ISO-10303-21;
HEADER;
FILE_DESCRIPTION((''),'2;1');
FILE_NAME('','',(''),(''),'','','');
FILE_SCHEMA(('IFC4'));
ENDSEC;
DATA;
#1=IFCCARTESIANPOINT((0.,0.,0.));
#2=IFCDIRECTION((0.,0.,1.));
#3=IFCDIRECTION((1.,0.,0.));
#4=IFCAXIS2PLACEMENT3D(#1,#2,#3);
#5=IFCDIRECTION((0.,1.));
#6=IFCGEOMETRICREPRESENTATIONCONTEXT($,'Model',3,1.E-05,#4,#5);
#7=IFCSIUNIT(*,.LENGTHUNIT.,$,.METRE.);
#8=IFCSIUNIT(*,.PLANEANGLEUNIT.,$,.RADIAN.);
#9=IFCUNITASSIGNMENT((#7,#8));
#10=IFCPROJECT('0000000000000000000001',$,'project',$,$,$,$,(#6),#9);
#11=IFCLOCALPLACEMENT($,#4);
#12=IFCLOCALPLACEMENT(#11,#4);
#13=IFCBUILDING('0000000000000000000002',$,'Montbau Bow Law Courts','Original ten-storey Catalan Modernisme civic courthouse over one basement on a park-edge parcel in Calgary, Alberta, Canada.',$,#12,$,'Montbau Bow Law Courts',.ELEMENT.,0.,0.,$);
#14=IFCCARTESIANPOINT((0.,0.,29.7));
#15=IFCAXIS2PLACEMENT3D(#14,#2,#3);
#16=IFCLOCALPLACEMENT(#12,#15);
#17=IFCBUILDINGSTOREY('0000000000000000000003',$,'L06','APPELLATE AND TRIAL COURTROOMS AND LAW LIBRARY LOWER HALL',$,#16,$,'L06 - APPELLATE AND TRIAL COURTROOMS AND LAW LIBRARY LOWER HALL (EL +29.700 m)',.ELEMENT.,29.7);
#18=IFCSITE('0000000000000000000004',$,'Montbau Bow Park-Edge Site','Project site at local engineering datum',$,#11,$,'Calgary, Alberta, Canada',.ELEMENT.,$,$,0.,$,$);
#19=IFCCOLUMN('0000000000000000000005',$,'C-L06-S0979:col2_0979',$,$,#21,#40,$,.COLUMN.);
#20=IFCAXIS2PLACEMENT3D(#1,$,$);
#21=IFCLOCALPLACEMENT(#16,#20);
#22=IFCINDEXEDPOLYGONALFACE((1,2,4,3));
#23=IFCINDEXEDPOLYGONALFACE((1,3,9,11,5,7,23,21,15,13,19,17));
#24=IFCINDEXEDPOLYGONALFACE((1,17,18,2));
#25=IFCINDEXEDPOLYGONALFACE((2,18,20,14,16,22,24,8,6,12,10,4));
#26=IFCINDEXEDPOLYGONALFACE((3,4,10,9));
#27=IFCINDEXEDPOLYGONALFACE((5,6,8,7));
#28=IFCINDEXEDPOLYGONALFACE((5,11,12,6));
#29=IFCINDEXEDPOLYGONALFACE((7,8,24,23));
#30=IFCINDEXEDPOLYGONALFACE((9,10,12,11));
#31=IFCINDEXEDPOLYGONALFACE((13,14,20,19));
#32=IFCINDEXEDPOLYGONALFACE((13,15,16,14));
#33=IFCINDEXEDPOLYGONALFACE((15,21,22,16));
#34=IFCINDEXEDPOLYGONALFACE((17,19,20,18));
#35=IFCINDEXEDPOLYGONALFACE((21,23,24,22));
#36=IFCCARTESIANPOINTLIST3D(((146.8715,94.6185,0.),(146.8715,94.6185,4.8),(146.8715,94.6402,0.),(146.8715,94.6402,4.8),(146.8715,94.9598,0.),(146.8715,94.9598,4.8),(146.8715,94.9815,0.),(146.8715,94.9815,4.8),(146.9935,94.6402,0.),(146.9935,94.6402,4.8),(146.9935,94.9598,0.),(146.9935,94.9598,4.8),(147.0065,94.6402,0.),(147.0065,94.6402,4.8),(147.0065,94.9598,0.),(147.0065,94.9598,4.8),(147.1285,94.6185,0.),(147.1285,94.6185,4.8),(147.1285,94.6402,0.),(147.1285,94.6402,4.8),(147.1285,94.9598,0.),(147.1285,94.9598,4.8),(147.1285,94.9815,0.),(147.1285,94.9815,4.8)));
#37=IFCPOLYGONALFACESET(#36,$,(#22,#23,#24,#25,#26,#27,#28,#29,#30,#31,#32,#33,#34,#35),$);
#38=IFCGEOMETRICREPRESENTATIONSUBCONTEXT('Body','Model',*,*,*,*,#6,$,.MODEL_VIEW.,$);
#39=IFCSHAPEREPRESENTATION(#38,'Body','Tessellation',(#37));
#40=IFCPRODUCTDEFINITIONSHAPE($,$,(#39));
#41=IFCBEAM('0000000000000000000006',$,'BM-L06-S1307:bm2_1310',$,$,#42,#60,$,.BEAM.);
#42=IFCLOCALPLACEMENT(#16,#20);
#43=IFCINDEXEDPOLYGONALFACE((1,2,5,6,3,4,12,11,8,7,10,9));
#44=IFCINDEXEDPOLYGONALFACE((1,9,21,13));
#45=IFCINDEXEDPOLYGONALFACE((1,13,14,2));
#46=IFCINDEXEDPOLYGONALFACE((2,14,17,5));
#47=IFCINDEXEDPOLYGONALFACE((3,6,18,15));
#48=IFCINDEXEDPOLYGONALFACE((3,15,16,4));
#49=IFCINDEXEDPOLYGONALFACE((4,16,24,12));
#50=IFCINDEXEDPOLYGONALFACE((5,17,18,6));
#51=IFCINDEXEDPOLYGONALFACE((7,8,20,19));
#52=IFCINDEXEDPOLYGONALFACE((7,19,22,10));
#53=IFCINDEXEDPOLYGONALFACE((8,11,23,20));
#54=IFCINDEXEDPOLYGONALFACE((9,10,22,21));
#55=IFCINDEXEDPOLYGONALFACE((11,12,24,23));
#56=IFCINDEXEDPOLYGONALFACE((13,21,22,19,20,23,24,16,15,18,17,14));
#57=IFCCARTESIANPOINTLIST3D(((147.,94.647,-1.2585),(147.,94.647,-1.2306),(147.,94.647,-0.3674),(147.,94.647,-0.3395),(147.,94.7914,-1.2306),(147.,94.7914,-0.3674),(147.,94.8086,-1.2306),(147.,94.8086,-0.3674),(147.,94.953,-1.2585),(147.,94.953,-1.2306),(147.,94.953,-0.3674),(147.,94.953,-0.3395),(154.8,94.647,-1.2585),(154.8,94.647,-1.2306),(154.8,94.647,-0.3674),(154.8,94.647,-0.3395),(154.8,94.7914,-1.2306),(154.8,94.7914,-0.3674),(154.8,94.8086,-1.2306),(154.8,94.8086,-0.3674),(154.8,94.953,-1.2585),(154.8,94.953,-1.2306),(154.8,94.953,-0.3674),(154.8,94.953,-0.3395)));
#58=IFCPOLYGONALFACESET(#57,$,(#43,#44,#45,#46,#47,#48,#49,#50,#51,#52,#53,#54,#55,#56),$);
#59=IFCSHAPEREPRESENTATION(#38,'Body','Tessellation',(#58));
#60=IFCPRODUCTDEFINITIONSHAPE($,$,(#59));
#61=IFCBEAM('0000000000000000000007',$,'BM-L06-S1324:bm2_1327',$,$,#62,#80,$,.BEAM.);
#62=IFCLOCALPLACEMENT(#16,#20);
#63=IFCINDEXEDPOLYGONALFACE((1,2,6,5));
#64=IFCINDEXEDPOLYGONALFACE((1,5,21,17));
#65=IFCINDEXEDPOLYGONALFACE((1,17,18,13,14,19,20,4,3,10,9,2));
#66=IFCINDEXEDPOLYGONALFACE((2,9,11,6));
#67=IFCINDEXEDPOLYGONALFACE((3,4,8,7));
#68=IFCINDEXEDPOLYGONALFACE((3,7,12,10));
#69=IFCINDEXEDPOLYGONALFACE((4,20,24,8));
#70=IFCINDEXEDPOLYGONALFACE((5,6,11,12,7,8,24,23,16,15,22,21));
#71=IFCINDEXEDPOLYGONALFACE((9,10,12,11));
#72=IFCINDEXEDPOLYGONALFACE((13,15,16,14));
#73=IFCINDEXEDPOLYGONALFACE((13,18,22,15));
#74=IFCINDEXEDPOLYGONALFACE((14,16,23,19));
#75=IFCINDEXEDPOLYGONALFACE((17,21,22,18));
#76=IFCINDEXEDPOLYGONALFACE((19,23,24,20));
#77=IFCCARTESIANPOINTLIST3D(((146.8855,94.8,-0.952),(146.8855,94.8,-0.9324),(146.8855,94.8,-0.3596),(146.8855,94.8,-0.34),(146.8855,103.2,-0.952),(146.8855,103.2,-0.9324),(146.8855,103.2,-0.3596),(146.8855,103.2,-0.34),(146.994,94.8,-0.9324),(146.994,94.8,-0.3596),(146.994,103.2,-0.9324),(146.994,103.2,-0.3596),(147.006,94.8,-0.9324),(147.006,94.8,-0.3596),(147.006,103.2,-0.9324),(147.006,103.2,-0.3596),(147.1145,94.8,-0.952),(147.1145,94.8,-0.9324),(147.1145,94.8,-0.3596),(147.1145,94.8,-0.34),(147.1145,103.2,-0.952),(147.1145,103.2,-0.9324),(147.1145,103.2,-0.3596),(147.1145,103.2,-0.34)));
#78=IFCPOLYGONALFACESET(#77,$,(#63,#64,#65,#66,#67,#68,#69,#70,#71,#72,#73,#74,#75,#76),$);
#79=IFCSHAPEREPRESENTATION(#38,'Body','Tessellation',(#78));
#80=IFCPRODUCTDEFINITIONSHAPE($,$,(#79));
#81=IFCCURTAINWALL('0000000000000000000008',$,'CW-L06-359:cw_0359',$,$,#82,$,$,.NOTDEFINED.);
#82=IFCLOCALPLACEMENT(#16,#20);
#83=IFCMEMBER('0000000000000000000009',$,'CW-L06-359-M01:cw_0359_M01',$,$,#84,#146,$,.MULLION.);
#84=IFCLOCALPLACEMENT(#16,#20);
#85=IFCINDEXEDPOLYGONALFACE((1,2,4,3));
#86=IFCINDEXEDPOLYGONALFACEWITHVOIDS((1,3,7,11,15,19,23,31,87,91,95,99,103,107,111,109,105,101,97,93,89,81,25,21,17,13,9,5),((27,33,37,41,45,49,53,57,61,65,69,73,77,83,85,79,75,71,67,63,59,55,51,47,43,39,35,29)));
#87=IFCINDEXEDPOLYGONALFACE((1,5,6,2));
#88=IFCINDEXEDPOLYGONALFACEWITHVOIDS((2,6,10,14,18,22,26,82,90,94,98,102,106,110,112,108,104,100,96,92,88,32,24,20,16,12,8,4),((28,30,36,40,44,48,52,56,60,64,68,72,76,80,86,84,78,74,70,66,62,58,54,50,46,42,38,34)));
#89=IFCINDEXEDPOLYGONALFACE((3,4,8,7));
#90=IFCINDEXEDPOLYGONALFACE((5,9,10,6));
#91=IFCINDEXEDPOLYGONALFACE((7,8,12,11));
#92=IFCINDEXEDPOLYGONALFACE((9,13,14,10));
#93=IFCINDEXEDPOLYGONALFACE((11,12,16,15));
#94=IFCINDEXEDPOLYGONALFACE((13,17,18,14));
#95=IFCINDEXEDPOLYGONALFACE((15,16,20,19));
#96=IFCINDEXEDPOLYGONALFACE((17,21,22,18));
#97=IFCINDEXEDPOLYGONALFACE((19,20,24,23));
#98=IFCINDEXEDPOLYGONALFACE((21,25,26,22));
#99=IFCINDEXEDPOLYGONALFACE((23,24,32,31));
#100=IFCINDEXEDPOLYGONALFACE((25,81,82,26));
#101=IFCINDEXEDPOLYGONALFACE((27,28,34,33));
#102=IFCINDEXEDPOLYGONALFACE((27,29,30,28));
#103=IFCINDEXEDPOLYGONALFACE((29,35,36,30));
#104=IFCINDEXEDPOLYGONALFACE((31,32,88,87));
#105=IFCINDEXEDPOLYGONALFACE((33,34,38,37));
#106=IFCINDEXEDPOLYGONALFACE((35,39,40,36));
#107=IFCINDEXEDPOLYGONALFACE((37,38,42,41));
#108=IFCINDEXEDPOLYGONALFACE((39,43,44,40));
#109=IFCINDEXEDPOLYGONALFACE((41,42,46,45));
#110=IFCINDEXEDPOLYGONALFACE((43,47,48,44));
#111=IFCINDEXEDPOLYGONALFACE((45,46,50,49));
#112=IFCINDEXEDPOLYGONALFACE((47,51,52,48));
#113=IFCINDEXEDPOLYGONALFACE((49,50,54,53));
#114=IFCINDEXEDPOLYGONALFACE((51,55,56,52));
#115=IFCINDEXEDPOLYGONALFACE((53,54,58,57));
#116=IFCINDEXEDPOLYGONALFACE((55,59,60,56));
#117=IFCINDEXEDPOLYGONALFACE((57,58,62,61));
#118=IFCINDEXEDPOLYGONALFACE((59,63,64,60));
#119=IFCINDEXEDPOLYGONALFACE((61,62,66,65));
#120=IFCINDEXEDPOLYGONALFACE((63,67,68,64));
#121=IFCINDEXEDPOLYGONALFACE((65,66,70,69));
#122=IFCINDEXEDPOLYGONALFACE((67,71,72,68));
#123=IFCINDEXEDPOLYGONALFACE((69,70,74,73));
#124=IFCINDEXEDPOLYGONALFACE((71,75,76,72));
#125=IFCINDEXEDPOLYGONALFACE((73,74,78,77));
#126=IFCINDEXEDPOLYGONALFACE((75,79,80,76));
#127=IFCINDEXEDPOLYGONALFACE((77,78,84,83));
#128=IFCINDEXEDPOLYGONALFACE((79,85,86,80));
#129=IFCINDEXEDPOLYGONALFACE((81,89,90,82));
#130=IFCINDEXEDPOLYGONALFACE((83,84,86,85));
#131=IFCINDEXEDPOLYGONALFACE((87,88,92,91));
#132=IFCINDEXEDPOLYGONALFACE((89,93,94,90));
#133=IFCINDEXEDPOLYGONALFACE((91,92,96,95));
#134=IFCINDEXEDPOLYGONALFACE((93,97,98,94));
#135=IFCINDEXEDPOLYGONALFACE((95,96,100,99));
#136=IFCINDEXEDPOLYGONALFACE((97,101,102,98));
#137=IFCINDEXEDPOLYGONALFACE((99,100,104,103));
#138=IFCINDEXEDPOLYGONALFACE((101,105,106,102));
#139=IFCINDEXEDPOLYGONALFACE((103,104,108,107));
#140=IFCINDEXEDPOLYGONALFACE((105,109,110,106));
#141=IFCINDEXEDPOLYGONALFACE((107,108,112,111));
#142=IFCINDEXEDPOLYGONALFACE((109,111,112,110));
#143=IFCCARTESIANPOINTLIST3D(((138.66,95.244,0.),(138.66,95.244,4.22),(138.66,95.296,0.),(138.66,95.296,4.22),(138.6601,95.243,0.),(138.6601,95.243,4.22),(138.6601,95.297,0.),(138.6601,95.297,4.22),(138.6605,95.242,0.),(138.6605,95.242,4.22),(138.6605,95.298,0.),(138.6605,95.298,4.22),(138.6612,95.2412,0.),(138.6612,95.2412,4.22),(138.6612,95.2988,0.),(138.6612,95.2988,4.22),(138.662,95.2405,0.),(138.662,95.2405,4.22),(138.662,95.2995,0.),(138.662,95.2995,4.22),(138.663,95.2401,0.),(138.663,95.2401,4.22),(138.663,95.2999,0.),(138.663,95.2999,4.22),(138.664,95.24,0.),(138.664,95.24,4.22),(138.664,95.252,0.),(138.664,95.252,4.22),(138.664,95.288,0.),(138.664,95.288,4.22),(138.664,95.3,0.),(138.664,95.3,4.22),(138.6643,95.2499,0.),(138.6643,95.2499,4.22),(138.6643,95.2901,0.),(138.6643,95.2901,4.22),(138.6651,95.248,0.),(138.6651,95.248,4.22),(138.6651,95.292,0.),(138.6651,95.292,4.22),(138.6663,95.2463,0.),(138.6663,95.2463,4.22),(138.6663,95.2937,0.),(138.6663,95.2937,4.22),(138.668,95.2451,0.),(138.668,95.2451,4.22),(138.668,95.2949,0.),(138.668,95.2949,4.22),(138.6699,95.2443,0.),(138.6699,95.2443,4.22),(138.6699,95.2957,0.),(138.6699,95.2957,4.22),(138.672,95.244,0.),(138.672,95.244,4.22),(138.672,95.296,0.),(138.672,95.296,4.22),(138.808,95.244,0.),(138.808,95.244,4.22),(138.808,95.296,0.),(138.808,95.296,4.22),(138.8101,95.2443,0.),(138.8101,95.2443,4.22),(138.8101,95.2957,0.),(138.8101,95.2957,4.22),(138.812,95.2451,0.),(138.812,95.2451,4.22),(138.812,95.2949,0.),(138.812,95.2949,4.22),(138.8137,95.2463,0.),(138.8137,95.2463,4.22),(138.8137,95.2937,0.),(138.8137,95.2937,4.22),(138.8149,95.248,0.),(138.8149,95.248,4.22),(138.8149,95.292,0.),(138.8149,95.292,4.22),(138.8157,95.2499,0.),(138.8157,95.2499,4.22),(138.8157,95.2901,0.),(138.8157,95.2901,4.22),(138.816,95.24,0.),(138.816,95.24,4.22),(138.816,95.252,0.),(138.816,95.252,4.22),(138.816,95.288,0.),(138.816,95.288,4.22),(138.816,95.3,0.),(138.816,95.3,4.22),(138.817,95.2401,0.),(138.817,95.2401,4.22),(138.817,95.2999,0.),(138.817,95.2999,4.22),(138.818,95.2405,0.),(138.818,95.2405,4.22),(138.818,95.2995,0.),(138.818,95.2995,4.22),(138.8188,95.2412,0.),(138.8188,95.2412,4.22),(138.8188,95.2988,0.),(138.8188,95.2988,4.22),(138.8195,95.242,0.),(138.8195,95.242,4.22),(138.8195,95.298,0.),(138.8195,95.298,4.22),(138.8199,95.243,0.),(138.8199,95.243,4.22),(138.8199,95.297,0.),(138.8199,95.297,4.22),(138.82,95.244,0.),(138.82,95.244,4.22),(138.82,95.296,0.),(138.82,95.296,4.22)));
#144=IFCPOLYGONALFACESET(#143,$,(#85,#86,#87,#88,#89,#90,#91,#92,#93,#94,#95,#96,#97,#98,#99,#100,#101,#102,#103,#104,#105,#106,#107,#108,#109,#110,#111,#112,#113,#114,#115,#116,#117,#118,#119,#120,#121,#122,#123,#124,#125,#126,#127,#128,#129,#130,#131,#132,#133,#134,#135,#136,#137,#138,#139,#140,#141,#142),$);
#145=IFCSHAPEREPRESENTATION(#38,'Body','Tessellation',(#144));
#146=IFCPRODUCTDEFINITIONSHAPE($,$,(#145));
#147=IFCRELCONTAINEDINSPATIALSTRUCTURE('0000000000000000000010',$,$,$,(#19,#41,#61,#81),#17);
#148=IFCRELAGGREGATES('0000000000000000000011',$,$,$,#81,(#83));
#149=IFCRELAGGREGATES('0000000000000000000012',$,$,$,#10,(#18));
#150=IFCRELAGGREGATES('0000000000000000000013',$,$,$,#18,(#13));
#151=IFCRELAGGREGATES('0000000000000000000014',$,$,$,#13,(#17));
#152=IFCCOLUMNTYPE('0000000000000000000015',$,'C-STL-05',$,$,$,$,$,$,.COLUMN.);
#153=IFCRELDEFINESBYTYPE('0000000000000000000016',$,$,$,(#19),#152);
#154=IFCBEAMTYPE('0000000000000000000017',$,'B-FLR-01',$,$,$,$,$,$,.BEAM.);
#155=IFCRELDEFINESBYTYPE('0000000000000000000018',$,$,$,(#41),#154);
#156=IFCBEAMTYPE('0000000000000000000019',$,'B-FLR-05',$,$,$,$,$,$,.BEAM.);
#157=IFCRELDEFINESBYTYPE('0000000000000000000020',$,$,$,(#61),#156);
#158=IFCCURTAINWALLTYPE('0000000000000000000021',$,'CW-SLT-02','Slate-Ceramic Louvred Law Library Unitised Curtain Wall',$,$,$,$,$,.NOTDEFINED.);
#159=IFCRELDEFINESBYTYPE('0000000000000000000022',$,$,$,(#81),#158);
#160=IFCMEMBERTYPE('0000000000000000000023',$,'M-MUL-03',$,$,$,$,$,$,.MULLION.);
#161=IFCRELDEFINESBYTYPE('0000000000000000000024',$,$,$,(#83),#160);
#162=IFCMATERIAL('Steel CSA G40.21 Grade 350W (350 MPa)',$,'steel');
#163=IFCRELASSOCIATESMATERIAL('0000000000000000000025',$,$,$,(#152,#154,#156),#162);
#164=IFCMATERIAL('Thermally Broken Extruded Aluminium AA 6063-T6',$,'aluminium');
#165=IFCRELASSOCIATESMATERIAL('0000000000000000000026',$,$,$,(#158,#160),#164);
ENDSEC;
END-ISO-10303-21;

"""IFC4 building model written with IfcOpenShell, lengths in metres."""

from ifc_helpers import new_model, si_unit, direction, frame, origin_with_axes, origin_2d_with_axis, place, context, subcontext, project, spatial, hollow_rectangle, i_section, extrude, material, material_profile, profile_set, type_object, element, aggregate, save


model = new_model("IFC4")

# Units and contexts
model_context = context("Model", 3, precision=1e-05, world=origin_with_axes(), true_north=direction((0.0, 1.0)))
body_context = subcontext(model_context, "Body", "Model", "MODEL_VIEW")
ifc_project = project(units=[si_unit("LENGTHUNIT", "METRE"), si_unit("PLANEANGLEUNIT", "RADIAN")], contexts=[model_context])

# Site, building, storey
site_placement = place(None, origin_with_axes())
site = spatial("IfcSite", under=ifc_project, at=site_placement, Name="Montbau Bow Park-Edge Site", Description="Project site at local engineering datum", LongName="Calgary, Alberta, Canada", CompositionType="ELEMENT", RefElevation=0.0)
building_placement = place(site_placement, origin_with_axes())
building = spatial("IfcBuilding", under=site, at=building_placement, Name="Montbau Bow Law Courts", Description="Original ten-storey Catalan Modernisme civic courthouse over one basement on a park-edge parcel in Calgary, Alberta, Canada.", LongName="Montbau Bow Law Courts", CompositionType="ELEMENT", ElevationOfRefHeight=0.0, ElevationOfTerrain=0.0)
storey_placement = place(building_placement, frame((0.0, 0.0, 29.7), z_axis=(0.0, 0.0, 1.0), x_axis=(1.0, 0.0, 0.0)))
storey = spatial("IfcBuildingStorey", under=building, at=storey_placement, Name="L06", Description="APPELLATE AND TRIAL COURTROOMS AND LAW LIBRARY LOWER HALL", LongName="L06 - APPELLATE AND TRIAL COURTROOMS AND LAW LIBRARY LOWER HALL (EL +29.700 m)", CompositionType="ELEMENT", Elevation=29.7)

# Column
ifc_material_1 = material(Name="Steel CSA G40.21 Grade 350W (350 MPa)", Category="steel")
ifc_material_profile_1 = material_profile(ifc_material_1, i_section(OverallWidth=0.257, OverallDepth=0.363, WebThickness=0.013, FlangeThickness=0.0217, at=origin_2d_with_axis()), Name="W360X122", Category="Main", Priority=0)
ifc_profile_set_1 = profile_set([ifc_material_profile_1], Name="Steel CSA G40.21 Grade 350W (350 MPa)")
column_type = type_object("IfcColumnType", Name="C-STL-05", PredefinedType="COLUMN", material=ifc_profile_set_1)
column_placement = place(None, frame((147.0, 94.8, 29.7), z_axis=(0.0, 0.0, 1.0), x_axis=(1.0, 0.0, 0.0)))
element("IfcColumn", 1, at=column_placement, inside=storey, type_object=column_type, Name="C-L06-S0979:col2_0979", PredefinedType="COLUMN", context=body_context, shape_type="SweptSolid", body=[
    extrude(i_section(OverallWidth=0.257, OverallDepth=0.363, WebThickness=0.013, FlangeThickness=0.0217, at=origin_2d_with_axis()), origin_with_axes(), (0.0, 0.0, 1.0), 4.8),
])

# Beams
ifc_material_profile_2 = material_profile(ifc_material_1, i_section(OverallWidth=0.306, OverallDepth=0.919, WebThickness=0.0173, FlangeThickness=0.0279, at=origin_2d_with_axis()), Name="W920X253", Category="Main", Priority=0)
ifc_profile_set_2 = profile_set([ifc_material_profile_2], Name="Steel CSA G40.21 Grade 350W (350 MPa)")
beam_type_1 = type_object("IfcBeamType", Name="B-FLR-01", PredefinedType="BEAM", material=ifc_profile_set_2)
beam_1_placement = place(None, frame((147.0, 94.8, 28.901), z_axis=(1.0, 0.0, 0.0), x_axis=(0.0, 1.0, 0.0)))
element("IfcBeam", 2, at=beam_1_placement, inside=storey, type_object=beam_type_1, Name="BM-L06-S1307:bm2_1310", PredefinedType="BEAM", context=body_context, shape_type="SweptSolid", body=[
    extrude(i_section(OverallWidth=0.306, OverallDepth=0.919, WebThickness=0.0173, FlangeThickness=0.0279, at=origin_2d_with_axis()), origin_with_axes(), (0.0, 0.0, 1.0), 7.8),
])
ifc_material_profile_3 = material_profile(ifc_material_1, i_section(OverallWidth=0.229, OverallDepth=0.612, WebThickness=0.0119, FlangeThickness=0.0196, at=origin_2d_with_axis()), Name="W610X125", Category="Main", Priority=0)
ifc_profile_set_3 = profile_set([ifc_material_profile_3], Name="Steel CSA G40.21 Grade 350W (350 MPa)")
beam_type_2 = type_object("IfcBeamType", Name="B-FLR-05", PredefinedType="BEAM", material=ifc_profile_set_3)
beam_2_placement = place(None, frame((147.0, 94.8, 29.054), z_axis=(0.0, 1.0, 0.0), x_axis=(-1.0, 0.0, 0.0)))
element("IfcBeam", 3, at=beam_2_placement, inside=storey, type_object=beam_type_2, Name="BM-L06-S1324:bm2_1327", PredefinedType="BEAM", context=body_context, shape_type="SweptSolid", body=[
    extrude(i_section(OverallWidth=0.229, OverallDepth=0.612, WebThickness=0.0119, FlangeThickness=0.0196, at=origin_2d_with_axis()), origin_with_axes(), (0.0, 0.0, 1.0), 8.4),
])

# Curtain wall, member
ifc_material_2 = material(Name="Thermally Broken Extruded Aluminium AA 6063-T6", Category="aluminium")
curtain_wall_type = type_object("IfcCurtainWallType", Name="CW-SLT-02", Description="Slate-Ceramic Louvred Law Library Unitised Curtain Wall", PredefinedType="NOTDEFINED", material=ifc_material_2)
curtain_wall_1_placement = place(None, frame((138.74, 95.24, 29.7), z_axis=(0.0, 0.0, 1.0), x_axis=(1.0, 0.0, 0.0)))
curtain_wall_1 = element("IfcCurtainWall", 4, at=curtain_wall_1_placement, inside=storey, type_object=curtain_wall_type, Name="CW-L06-359:cw_0359", PredefinedType="NOTDEFINED")
ifc_material_profile_4 = material_profile(ifc_material_2, hollow_rectangle(XDim=0.06, YDim=0.16, WallThickness=0.004, InnerFilletRadius=0.008, OuterFilletRadius=0.004, at=origin_2d_with_axis()), Name="CWM-160X60", Category="Main", Priority=0)
ifc_profile_set_4 = profile_set([ifc_material_profile_4], Name="Thermally Broken Extruded Aluminium AA 6063-T6")
member_type_1 = type_object("IfcMemberType", Name="M-MUL-03", PredefinedType="MULLION", material=ifc_profile_set_4)
member_1_placement = place(None, frame((138.74, 95.27, 29.7), z_axis=(0.0, 0.0, 1.0), x_axis=(0.0, 1.0, 0.0)))
member_1 = element("IfcMember", 5, at=member_1_placement, type_object=member_type_1, Name="CW-L06-359-M01:cw_0359_M01", PredefinedType="MULLION", context=body_context, shape_type="SweptSolid", body=[
    extrude(hollow_rectangle(XDim=0.06, YDim=0.16, WallThickness=0.004, InnerFilletRadius=0.008, OuterFilletRadius=0.004, at=origin_2d_with_axis()), origin_with_axes(), (0.0, 0.0, 1.0), 4.22),
])

aggregate(curtain_wall_1, [member_1])

save(model, "model.ifc")
